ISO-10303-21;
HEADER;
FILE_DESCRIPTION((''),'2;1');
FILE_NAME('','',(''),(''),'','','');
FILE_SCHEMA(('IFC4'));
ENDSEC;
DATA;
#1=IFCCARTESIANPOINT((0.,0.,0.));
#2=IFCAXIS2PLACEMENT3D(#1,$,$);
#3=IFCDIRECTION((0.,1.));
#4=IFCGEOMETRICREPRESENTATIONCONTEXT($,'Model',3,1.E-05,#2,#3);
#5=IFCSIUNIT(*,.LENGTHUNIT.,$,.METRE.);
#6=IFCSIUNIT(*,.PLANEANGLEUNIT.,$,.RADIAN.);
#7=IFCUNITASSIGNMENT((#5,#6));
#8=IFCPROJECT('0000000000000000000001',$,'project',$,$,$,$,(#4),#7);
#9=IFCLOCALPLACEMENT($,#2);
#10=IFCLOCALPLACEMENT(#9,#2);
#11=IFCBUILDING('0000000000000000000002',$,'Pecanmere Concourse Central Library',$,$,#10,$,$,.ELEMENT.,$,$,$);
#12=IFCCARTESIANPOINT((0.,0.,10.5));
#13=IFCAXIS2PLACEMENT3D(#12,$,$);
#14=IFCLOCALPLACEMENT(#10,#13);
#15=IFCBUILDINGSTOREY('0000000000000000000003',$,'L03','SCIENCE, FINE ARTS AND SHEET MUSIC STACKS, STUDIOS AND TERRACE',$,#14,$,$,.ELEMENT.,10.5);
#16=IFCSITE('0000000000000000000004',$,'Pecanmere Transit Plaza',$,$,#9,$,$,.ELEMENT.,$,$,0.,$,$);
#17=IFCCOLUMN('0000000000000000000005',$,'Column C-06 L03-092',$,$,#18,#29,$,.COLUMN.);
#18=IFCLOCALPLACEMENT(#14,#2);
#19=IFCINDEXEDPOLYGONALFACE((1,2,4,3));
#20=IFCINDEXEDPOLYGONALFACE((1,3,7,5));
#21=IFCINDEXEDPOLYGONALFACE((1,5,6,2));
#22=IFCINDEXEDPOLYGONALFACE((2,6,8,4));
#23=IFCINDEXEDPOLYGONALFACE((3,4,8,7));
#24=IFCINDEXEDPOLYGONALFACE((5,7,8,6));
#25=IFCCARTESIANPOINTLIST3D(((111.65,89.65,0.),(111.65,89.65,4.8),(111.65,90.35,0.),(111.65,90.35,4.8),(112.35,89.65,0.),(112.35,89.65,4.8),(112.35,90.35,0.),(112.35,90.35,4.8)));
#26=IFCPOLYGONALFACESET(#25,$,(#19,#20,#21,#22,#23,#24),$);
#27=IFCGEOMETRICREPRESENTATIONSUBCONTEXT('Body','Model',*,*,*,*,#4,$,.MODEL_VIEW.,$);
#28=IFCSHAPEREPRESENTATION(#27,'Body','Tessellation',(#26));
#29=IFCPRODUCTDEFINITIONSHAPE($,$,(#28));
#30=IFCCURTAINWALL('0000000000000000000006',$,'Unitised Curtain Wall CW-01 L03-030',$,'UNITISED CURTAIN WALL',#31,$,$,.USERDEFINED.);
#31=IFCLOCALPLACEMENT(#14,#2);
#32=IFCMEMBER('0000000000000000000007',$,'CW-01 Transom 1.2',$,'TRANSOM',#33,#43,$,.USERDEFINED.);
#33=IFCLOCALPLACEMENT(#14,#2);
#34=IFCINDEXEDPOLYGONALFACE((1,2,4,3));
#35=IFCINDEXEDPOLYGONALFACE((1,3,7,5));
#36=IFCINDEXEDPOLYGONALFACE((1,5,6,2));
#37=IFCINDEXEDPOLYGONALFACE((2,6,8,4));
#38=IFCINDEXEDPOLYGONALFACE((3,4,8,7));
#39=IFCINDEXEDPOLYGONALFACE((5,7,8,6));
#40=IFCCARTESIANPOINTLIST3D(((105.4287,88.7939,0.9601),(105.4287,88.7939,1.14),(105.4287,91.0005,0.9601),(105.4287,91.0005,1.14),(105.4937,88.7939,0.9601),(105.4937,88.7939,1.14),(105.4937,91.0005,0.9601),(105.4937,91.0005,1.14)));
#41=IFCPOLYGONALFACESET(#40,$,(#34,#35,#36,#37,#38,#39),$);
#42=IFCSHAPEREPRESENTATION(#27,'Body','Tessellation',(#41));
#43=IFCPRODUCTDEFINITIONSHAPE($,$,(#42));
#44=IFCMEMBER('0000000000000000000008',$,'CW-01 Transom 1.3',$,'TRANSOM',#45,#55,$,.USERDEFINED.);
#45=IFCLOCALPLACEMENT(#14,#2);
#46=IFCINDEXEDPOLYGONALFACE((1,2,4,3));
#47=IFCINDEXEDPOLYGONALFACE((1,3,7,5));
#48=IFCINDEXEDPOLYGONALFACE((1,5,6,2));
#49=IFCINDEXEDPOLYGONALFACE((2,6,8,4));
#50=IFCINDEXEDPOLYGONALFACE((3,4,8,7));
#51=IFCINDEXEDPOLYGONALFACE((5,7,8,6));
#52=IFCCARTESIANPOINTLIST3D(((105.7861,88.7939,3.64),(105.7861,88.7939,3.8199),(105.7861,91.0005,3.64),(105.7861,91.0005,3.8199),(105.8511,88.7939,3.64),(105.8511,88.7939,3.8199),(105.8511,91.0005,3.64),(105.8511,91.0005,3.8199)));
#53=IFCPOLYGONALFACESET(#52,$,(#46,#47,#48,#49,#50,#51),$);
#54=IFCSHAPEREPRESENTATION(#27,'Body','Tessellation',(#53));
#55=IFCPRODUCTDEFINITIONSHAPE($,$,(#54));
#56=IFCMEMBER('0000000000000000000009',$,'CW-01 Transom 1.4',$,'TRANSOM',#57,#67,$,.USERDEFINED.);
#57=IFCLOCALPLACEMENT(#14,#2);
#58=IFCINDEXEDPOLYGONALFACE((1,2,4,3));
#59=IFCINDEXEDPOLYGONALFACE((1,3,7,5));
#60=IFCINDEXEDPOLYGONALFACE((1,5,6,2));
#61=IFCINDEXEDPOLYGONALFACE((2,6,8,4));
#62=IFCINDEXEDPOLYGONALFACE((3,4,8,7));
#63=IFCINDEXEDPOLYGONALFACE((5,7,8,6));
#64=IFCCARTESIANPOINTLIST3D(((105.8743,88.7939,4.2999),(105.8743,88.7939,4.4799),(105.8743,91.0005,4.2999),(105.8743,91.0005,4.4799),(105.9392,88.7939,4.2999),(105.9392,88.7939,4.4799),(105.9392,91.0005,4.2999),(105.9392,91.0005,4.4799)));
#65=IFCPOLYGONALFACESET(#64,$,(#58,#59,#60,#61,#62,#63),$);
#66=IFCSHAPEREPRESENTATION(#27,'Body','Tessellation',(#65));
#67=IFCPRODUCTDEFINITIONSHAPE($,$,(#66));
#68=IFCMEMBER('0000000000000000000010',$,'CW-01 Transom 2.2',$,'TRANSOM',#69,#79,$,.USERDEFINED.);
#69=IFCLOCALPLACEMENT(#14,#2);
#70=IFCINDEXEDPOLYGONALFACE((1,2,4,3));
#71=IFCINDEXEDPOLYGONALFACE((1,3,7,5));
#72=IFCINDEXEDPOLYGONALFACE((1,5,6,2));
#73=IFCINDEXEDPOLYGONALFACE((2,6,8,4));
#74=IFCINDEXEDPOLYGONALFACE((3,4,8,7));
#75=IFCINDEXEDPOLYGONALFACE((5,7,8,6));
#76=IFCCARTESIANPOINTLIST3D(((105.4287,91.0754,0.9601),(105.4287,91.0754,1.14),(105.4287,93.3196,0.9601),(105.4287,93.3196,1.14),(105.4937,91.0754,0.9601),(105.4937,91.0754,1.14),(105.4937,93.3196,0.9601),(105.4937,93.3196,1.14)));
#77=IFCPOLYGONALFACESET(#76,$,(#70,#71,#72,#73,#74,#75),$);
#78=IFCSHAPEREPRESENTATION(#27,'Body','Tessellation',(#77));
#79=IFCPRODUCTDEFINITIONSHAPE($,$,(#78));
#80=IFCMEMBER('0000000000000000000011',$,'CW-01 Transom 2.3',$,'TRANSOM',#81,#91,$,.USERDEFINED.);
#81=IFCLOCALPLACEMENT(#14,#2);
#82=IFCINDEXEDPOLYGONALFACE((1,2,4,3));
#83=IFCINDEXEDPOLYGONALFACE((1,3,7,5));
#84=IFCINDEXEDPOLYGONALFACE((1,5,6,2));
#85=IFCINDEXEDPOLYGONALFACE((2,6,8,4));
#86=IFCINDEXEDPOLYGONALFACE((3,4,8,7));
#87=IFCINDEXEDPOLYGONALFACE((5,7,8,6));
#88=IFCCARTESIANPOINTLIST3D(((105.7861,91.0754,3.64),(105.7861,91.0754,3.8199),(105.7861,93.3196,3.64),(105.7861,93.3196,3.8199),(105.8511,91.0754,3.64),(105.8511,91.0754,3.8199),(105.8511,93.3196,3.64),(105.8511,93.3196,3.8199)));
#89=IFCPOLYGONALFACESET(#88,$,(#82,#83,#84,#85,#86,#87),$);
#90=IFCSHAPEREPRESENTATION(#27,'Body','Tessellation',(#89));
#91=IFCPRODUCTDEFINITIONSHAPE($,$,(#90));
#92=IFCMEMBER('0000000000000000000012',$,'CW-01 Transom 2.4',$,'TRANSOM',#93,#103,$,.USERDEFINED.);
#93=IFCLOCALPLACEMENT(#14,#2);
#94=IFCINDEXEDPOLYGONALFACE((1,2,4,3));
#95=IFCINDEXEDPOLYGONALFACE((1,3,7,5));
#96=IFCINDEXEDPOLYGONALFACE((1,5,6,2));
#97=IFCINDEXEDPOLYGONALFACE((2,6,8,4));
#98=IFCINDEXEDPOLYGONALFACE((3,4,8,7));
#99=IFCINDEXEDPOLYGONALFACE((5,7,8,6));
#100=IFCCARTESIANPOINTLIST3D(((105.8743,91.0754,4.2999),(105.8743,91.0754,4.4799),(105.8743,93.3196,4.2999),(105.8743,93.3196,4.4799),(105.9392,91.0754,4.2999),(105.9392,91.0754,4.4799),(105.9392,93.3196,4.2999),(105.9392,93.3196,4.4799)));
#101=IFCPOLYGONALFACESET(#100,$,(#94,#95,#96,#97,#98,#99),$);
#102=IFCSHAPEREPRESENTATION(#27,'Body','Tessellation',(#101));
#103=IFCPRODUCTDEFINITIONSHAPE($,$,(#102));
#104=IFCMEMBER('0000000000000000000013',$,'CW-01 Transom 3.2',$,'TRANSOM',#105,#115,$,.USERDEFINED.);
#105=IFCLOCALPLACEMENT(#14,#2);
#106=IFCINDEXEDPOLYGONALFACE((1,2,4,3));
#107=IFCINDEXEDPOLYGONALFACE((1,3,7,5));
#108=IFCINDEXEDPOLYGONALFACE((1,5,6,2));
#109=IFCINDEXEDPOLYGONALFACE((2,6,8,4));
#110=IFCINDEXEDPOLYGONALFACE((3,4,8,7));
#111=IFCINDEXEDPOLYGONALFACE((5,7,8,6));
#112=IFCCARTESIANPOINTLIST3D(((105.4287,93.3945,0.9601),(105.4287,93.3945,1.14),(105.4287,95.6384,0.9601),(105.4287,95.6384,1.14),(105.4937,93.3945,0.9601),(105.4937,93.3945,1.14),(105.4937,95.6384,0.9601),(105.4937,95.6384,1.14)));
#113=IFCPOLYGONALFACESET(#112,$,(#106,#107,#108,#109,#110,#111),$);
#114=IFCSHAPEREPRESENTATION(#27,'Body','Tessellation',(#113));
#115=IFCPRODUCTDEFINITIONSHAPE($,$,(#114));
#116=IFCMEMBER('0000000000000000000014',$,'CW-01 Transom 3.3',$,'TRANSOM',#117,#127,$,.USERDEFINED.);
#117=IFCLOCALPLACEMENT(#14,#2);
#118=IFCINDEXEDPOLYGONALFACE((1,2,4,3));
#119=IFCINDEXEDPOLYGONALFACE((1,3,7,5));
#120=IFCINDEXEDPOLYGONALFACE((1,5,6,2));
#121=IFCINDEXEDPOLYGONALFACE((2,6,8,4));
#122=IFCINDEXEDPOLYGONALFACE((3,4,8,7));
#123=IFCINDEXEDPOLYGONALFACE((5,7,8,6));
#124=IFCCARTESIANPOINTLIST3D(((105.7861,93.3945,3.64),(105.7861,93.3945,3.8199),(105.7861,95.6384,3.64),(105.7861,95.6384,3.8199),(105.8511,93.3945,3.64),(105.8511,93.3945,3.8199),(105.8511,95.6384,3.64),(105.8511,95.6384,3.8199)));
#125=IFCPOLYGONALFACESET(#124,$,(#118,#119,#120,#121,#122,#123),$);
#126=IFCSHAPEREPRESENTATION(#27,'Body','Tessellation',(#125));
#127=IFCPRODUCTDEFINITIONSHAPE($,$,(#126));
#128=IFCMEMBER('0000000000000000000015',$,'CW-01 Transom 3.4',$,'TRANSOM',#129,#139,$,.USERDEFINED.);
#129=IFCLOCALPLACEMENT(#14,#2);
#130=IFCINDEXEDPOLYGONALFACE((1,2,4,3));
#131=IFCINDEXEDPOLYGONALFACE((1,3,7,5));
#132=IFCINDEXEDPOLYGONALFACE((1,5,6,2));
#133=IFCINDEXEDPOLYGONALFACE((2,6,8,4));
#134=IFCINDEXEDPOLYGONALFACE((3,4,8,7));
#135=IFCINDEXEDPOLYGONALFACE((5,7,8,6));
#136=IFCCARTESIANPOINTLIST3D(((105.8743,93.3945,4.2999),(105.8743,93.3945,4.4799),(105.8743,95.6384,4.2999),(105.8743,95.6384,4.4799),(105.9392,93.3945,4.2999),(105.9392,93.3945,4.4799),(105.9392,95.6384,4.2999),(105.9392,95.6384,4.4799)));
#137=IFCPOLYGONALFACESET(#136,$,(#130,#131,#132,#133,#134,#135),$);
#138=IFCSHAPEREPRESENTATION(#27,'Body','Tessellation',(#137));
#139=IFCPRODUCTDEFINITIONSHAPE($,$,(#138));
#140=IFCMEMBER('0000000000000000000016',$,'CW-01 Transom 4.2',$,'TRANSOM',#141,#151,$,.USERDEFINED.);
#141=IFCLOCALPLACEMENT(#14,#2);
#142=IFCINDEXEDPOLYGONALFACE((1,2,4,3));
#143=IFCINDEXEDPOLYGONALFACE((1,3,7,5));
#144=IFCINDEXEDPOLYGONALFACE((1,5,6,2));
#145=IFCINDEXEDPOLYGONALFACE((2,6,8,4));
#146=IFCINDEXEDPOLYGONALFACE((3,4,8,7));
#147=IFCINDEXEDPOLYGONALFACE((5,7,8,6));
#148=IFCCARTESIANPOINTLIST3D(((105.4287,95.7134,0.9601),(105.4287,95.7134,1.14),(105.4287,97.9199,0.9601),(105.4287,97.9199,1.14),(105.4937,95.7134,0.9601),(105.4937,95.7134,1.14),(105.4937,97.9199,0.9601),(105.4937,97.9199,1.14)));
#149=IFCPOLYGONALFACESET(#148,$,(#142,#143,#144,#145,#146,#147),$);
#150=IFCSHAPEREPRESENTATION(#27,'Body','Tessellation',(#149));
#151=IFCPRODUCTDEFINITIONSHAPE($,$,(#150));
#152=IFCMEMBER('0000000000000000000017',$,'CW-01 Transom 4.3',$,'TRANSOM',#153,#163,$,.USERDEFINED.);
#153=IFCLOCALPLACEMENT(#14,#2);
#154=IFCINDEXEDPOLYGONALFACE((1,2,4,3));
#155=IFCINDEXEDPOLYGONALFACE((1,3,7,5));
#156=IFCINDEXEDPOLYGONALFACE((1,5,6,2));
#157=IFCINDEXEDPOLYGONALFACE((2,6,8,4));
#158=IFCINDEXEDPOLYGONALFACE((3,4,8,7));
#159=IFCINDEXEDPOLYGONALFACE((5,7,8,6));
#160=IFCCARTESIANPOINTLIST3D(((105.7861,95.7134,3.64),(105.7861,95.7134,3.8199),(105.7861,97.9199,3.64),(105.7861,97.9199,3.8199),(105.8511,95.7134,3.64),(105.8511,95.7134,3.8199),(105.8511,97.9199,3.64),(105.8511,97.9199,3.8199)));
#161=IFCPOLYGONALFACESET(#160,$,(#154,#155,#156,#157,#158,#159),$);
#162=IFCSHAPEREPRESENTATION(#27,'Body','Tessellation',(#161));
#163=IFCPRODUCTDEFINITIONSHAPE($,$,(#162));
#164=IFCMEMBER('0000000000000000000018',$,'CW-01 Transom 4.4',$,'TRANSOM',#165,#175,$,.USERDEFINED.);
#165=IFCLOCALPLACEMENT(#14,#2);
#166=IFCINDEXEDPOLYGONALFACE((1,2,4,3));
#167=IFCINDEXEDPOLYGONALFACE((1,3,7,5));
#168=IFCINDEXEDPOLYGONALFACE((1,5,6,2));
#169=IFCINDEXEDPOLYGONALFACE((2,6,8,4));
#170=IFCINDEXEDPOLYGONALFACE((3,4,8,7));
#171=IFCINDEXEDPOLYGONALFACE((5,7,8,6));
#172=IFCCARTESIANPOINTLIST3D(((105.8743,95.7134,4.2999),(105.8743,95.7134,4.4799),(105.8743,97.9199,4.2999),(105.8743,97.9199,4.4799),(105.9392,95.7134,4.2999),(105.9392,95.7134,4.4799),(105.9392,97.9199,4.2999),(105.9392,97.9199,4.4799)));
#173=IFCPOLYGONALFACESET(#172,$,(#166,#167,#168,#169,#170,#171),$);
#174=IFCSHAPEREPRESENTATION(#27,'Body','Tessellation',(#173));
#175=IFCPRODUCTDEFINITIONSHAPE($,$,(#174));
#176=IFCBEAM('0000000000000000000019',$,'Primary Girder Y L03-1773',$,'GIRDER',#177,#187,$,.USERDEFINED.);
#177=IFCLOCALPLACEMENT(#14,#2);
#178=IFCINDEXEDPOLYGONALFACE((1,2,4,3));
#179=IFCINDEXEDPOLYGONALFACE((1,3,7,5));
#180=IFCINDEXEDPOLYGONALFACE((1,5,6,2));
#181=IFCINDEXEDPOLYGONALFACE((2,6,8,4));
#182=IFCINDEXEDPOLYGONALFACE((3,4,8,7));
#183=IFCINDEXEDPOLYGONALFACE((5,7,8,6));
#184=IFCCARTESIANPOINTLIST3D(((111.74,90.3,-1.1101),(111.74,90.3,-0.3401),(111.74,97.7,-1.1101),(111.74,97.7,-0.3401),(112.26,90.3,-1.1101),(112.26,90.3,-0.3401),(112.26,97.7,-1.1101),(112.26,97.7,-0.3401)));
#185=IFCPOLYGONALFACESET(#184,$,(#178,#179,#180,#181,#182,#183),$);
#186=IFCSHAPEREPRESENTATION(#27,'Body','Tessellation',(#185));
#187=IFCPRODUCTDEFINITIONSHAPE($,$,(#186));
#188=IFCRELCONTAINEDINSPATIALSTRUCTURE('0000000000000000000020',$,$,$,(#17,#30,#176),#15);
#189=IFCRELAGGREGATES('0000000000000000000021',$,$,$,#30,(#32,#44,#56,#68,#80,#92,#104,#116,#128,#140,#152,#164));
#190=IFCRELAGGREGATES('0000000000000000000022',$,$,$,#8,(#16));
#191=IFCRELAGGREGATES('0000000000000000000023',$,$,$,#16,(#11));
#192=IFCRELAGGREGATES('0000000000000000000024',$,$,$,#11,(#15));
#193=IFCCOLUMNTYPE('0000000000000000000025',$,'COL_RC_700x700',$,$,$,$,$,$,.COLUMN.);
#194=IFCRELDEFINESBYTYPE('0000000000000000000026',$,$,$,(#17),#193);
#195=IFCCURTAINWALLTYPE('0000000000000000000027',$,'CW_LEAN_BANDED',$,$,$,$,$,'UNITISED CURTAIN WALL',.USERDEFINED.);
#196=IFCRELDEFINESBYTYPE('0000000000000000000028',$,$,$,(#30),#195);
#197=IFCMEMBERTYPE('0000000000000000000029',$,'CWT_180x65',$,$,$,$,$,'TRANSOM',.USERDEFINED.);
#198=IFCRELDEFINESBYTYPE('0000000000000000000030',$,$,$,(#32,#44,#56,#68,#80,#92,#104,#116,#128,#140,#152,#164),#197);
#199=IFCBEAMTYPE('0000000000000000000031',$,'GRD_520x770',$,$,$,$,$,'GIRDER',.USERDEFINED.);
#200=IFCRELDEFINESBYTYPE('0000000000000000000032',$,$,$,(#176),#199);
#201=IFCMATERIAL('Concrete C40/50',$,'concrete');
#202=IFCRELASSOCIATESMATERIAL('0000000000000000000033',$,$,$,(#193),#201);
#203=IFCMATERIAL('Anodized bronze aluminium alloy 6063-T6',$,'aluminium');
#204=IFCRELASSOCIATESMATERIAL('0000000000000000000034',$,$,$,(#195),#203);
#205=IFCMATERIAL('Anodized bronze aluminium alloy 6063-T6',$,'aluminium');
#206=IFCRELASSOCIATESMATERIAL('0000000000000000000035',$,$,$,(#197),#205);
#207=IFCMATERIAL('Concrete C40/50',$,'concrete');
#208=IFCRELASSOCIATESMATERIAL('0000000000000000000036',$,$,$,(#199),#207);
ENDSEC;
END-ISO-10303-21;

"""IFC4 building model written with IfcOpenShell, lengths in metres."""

from ifc_helpers import new_model, si_unit, direction, frame, origin, origin_2d, place, context, subcontext, project, spatial, rectangle, extrude, material, material_profile, profile_set, type_object, element, aggregate, save


model = new_model("IFC4")

# Units and contexts
model_context = context("Model", 3, precision=1e-05, world=origin(), true_north=direction((0.0, 1.0)))
body_context = subcontext(model_context, "Body", "Model", "MODEL_VIEW")
ifc_project = project(units=[si_unit("LENGTHUNIT", "METRE"), si_unit("PLANEANGLEUNIT", "RADIAN")], contexts=[model_context])

# Site, building, storey
site_placement = place(None, origin())
site = spatial("IfcSite", under=ifc_project, at=site_placement, Name="Pecanmere Transit Plaza", CompositionType="ELEMENT", RefElevation=0.0)
building_placement = place(site_placement, origin())
building = spatial("IfcBuilding", under=site, at=building_placement, Name="Pecanmere Concourse Central Library", CompositionType="ELEMENT")
storey_placement = place(building_placement, frame((0.0, 0.0, 10.5)))
storey = spatial("IfcBuildingStorey", under=building, at=storey_placement, Name="L03", Description="SCIENCE, FINE ARTS AND SHEET MUSIC STACKS, STUDIOS AND TERRACE", CompositionType="ELEMENT", Elevation=10.5)

# Column
ifc_material_1 = material(Name="Concrete C40/50", Category="concrete")
ifc_material_profile_1 = material_profile(ifc_material_1, rectangle(XDim=0.7, YDim=0.7, at=origin_2d()), Name="RC 700x700")
ifc_profile_set_1 = profile_set([ifc_material_profile_1], Name="Concrete C40/50")
column_type = type_object("IfcColumnType", Name="COL_RC_700x700", PredefinedType="COLUMN", material=ifc_profile_set_1)
column_placement = place(storey_placement, frame((112.0, 90.0, 0.0), z_axis=(0.0, 0.0, 1.0), x_axis=(1.0, 0.0, 0.0)))
element("IfcColumn", 1, at=column_placement, inside=storey, type_object=column_type, Name="Column C-06 L03-092", PredefinedType="COLUMN", context=body_context, shape_type="SweptSolid", body=[
    extrude(rectangle(XDim=0.7, YDim=0.7, at=origin_2d()), origin(), (0.0, 0.0, 1.0), 4.8),
])

# Curtain wall, members
ifc_material_2 = material(Name="Anodized bronze aluminium alloy 6063-T6", Category="aluminium")
curtain_wall_type = type_object("IfcCurtainWallType", Name="CW_LEAN_BANDED", ElementType="UNITISED CURTAIN WALL", PredefinedType="USERDEFINED", material=ifc_material_2)
curtain_wall_placement = place(storey_placement, origin())
curtain_wall = element("IfcCurtainWall", 2, at=curtain_wall_placement, inside=storey, type_object=curtain_wall_type, Name="Unitised Curtain Wall CW-01 L03-030", ObjectType="UNITISED CURTAIN WALL", PredefinedType="USERDEFINED")
ifc_material_3 = material(Name="Anodized bronze aluminium alloy 6063-T6", Category="aluminium")
ifc_material_profile_2 = material_profile(ifc_material_3, rectangle(XDim=0.0649, YDim=0.1799, at=origin_2d()), Name="AL 65x180")
ifc_profile_set_2 = profile_set([ifc_material_profile_2], Name="Anodized bronze aluminium alloy 6063-T6")
member_type = type_object("IfcMemberType", Name="CWT_180x65", ElementType="TRANSOM", PredefinedType="USERDEFINED", material=ifc_profile_set_2)
member_1_placement = place(storey_placement, frame((105.4612, 88.7939, 1.05), z_axis=(0.0, 1.0, 0.0), x_axis=(-1.0, 0.0, 0.0)))
member_1 = element("IfcMember", 3, at=member_1_placement, type_object=member_type, Name="CW-01 Transom 1.2", ObjectType="TRANSOM", PredefinedType="USERDEFINED", context=body_context, shape_type="SweptSolid", body=[
    extrude(rectangle(XDim=0.0649, YDim=0.1799, at=origin_2d()), origin(), (0.0, 0.0, 1.0), 2.2065),
])
member_2_placement = place(storey_placement, frame((105.8186, 88.7939, 3.73), z_axis=(0.0, 1.0, 0.0), x_axis=(-1.0, 0.0, 0.0)))
member_2 = element("IfcMember", 4, at=member_2_placement, type_object=member_type, Name="CW-01 Transom 1.3", ObjectType="TRANSOM", PredefinedType="USERDEFINED", context=body_context, shape_type="SweptSolid", body=[
    extrude(rectangle(XDim=0.0649, YDim=0.1799, at=origin_2d()), origin(), (0.0, 0.0, 1.0), 2.2065),
])
member_3_placement = place(storey_placement, frame((105.9067, 88.7939, 4.3899), z_axis=(0.0, 1.0, 0.0), x_axis=(-1.0, 0.0, 0.0)))
member_3 = element("IfcMember", 5, at=member_3_placement, type_object=member_type, Name="CW-01 Transom 1.4", ObjectType="TRANSOM", PredefinedType="USERDEFINED", context=body_context, shape_type="SweptSolid", body=[
    extrude(rectangle(XDim=0.0649, YDim=0.1799, at=origin_2d()), origin(), (0.0, 0.0, 1.0), 2.2065),
])
member_4_placement = place(storey_placement, frame((105.4612, 91.0754, 1.05), z_axis=(0.0, 1.0, 0.0), x_axis=(-1.0, 0.0, 0.0)))
member_4 = element("IfcMember", 6, at=member_4_placement, type_object=member_type, Name="CW-01 Transom 2.2", ObjectType="TRANSOM", PredefinedType="USERDEFINED", context=body_context, shape_type="SweptSolid", body=[
    extrude(rectangle(XDim=0.0649, YDim=0.1799, at=origin_2d()), origin(), (0.0, 0.0, 1.0), 2.2441),
])
member_5_placement = place(storey_placement, frame((105.8186, 91.0754, 3.73), z_axis=(0.0, 1.0, 0.0), x_axis=(-1.0, 0.0, 0.0)))
member_5 = element("IfcMember", 7, at=member_5_placement, type_object=member_type, Name="CW-01 Transom 2.3", ObjectType="TRANSOM", PredefinedType="USERDEFINED", context=body_context, shape_type="SweptSolid", body=[
    extrude(rectangle(XDim=0.0649, YDim=0.1799, at=origin_2d()), origin(), (0.0, 0.0, 1.0), 2.2441),
])
member_6_placement = place(storey_placement, frame((105.9067, 91.0754, 4.3899), z_axis=(0.0, 1.0, 0.0), x_axis=(-1.0, 0.0, 0.0)))
member_6 = element("IfcMember", 8, at=member_6_placement, type_object=member_type, Name="CW-01 Transom 2.4", ObjectType="TRANSOM", PredefinedType="USERDEFINED", context=body_context, shape_type="SweptSolid", body=[
    extrude(rectangle(XDim=0.0649, YDim=0.1799, at=origin_2d()), origin(), (0.0, 0.0, 1.0), 2.2441),
])
member_7_placement = place(storey_placement, frame((105.4612, 93.3945, 1.05), z_axis=(0.0, 1.0, 0.0), x_axis=(-1.0, 0.0, 0.0)))
member_7 = element("IfcMember", 9, at=member_7_placement, type_object=member_type, Name="CW-01 Transom 3.2", ObjectType="TRANSOM", PredefinedType="USERDEFINED", context=body_context, shape_type="SweptSolid", body=[
    extrude(rectangle(XDim=0.0649, YDim=0.1799, at=origin_2d()), origin(), (0.0, 0.0, 1.0), 2.2439),
])
member_8_placement = place(storey_placement, frame((105.8186, 93.3945, 3.73), z_axis=(0.0, 1.0, 0.0), x_axis=(-1.0, 0.0, 0.0)))
member_8 = element("IfcMember", 10, at=member_8_placement, type_object=member_type, Name="CW-01 Transom 3.3", ObjectType="TRANSOM", PredefinedType="USERDEFINED", context=body_context, shape_type="SweptSolid", body=[
    extrude(rectangle(XDim=0.0649, YDim=0.1799, at=origin_2d()), origin(), (0.0, 0.0, 1.0), 2.2439),
])
member_9_placement = place(storey_placement, frame((105.9067, 93.3945, 4.3899), z_axis=(0.0, 1.0, 0.0), x_axis=(-1.0, 0.0, 0.0)))
member_9 = element("IfcMember", 11, at=member_9_placement, type_object=member_type, Name="CW-01 Transom 3.4", ObjectType="TRANSOM", PredefinedType="USERDEFINED", context=body_context, shape_type="SweptSolid", body=[
    extrude(rectangle(XDim=0.0649, YDim=0.1799, at=origin_2d()), origin(), (0.0, 0.0, 1.0), 2.2439),
])
member_10_placement = place(storey_placement, frame((105.4612, 95.7134, 1.05), z_axis=(0.0, 1.0, 0.0), x_axis=(-1.0, 0.0, 0.0)))
member_10 = element("IfcMember", 12, at=member_10_placement, type_object=member_type, Name="CW-01 Transom 4.2", ObjectType="TRANSOM", PredefinedType="USERDEFINED", context=body_context, shape_type="SweptSolid", body=[
    extrude(rectangle(XDim=0.0649, YDim=0.1799, at=origin_2d()), origin(), (0.0, 0.0, 1.0), 2.2065),
])
member_11_placement = place(storey_placement, frame((105.8186, 95.7134, 3.73), z_axis=(0.0, 1.0, 0.0), x_axis=(-1.0, 0.0, 0.0)))
member_11 = element("IfcMember", 13, at=member_11_placement, type_object=member_type, Name="CW-01 Transom 4.3", ObjectType="TRANSOM", PredefinedType="USERDEFINED", context=body_context, shape_type="SweptSolid", body=[
    extrude(rectangle(XDim=0.0649, YDim=0.1799, at=origin_2d()), origin(), (0.0, 0.0, 1.0), 2.2065),
])
member_12_placement = place(storey_placement, frame((105.9067, 95.7134, 4.3899), z_axis=(0.0, 1.0, 0.0), x_axis=(-1.0, 0.0, 0.0)))
member_12 = element("IfcMember", 14, at=member_12_placement, type_object=member_type, Name="CW-01 Transom 4.4", ObjectType="TRANSOM", PredefinedType="USERDEFINED", context=body_context, shape_type="SweptSolid", body=[
    extrude(rectangle(XDim=0.0649, YDim=0.1799, at=origin_2d()), origin(), (0.0, 0.0, 1.0), 2.2065),
])

# Beam
ifc_material_4 = material(Name="Concrete C40/50", Category="concrete")
ifc_material_profile_3 = material_profile(ifc_material_4, rectangle(XDim=0.52, YDim=0.77, at=origin_2d()), Name="RC 520x770")
ifc_profile_set_3 = profile_set([ifc_material_profile_3], Name="Concrete C40/50")
beam_type_1 = type_object("IfcBeamType", Name="GRD_520x770", ElementType="GIRDER", PredefinedType="USERDEFINED", material=ifc_profile_set_3)
beam_1_placement = place(storey_placement, frame((112.0, 90.3, -0.7251), z_axis=(0.0, 1.0, 0.0), x_axis=(-1.0, 0.0, 0.0)))
element("IfcBeam", 15, at=beam_1_placement, inside=storey, type_object=beam_type_1, Name="Primary Girder Y L03-1773", ObjectType="GIRDER", PredefinedType="USERDEFINED", context=body_context, shape_type="SweptSolid", body=[
    extrude(rectangle(XDim=0.52, YDim=0.77, at=origin_2d()), origin(), (0.0, 0.0, 1.0), 7.3999),
])

aggregate(curtain_wall, [member_1, member_2, member_3, member_4, member_5, member_6, member_7, member_8, member_9, member_10, member_11, member_12])

save(model, "model.ifc")
